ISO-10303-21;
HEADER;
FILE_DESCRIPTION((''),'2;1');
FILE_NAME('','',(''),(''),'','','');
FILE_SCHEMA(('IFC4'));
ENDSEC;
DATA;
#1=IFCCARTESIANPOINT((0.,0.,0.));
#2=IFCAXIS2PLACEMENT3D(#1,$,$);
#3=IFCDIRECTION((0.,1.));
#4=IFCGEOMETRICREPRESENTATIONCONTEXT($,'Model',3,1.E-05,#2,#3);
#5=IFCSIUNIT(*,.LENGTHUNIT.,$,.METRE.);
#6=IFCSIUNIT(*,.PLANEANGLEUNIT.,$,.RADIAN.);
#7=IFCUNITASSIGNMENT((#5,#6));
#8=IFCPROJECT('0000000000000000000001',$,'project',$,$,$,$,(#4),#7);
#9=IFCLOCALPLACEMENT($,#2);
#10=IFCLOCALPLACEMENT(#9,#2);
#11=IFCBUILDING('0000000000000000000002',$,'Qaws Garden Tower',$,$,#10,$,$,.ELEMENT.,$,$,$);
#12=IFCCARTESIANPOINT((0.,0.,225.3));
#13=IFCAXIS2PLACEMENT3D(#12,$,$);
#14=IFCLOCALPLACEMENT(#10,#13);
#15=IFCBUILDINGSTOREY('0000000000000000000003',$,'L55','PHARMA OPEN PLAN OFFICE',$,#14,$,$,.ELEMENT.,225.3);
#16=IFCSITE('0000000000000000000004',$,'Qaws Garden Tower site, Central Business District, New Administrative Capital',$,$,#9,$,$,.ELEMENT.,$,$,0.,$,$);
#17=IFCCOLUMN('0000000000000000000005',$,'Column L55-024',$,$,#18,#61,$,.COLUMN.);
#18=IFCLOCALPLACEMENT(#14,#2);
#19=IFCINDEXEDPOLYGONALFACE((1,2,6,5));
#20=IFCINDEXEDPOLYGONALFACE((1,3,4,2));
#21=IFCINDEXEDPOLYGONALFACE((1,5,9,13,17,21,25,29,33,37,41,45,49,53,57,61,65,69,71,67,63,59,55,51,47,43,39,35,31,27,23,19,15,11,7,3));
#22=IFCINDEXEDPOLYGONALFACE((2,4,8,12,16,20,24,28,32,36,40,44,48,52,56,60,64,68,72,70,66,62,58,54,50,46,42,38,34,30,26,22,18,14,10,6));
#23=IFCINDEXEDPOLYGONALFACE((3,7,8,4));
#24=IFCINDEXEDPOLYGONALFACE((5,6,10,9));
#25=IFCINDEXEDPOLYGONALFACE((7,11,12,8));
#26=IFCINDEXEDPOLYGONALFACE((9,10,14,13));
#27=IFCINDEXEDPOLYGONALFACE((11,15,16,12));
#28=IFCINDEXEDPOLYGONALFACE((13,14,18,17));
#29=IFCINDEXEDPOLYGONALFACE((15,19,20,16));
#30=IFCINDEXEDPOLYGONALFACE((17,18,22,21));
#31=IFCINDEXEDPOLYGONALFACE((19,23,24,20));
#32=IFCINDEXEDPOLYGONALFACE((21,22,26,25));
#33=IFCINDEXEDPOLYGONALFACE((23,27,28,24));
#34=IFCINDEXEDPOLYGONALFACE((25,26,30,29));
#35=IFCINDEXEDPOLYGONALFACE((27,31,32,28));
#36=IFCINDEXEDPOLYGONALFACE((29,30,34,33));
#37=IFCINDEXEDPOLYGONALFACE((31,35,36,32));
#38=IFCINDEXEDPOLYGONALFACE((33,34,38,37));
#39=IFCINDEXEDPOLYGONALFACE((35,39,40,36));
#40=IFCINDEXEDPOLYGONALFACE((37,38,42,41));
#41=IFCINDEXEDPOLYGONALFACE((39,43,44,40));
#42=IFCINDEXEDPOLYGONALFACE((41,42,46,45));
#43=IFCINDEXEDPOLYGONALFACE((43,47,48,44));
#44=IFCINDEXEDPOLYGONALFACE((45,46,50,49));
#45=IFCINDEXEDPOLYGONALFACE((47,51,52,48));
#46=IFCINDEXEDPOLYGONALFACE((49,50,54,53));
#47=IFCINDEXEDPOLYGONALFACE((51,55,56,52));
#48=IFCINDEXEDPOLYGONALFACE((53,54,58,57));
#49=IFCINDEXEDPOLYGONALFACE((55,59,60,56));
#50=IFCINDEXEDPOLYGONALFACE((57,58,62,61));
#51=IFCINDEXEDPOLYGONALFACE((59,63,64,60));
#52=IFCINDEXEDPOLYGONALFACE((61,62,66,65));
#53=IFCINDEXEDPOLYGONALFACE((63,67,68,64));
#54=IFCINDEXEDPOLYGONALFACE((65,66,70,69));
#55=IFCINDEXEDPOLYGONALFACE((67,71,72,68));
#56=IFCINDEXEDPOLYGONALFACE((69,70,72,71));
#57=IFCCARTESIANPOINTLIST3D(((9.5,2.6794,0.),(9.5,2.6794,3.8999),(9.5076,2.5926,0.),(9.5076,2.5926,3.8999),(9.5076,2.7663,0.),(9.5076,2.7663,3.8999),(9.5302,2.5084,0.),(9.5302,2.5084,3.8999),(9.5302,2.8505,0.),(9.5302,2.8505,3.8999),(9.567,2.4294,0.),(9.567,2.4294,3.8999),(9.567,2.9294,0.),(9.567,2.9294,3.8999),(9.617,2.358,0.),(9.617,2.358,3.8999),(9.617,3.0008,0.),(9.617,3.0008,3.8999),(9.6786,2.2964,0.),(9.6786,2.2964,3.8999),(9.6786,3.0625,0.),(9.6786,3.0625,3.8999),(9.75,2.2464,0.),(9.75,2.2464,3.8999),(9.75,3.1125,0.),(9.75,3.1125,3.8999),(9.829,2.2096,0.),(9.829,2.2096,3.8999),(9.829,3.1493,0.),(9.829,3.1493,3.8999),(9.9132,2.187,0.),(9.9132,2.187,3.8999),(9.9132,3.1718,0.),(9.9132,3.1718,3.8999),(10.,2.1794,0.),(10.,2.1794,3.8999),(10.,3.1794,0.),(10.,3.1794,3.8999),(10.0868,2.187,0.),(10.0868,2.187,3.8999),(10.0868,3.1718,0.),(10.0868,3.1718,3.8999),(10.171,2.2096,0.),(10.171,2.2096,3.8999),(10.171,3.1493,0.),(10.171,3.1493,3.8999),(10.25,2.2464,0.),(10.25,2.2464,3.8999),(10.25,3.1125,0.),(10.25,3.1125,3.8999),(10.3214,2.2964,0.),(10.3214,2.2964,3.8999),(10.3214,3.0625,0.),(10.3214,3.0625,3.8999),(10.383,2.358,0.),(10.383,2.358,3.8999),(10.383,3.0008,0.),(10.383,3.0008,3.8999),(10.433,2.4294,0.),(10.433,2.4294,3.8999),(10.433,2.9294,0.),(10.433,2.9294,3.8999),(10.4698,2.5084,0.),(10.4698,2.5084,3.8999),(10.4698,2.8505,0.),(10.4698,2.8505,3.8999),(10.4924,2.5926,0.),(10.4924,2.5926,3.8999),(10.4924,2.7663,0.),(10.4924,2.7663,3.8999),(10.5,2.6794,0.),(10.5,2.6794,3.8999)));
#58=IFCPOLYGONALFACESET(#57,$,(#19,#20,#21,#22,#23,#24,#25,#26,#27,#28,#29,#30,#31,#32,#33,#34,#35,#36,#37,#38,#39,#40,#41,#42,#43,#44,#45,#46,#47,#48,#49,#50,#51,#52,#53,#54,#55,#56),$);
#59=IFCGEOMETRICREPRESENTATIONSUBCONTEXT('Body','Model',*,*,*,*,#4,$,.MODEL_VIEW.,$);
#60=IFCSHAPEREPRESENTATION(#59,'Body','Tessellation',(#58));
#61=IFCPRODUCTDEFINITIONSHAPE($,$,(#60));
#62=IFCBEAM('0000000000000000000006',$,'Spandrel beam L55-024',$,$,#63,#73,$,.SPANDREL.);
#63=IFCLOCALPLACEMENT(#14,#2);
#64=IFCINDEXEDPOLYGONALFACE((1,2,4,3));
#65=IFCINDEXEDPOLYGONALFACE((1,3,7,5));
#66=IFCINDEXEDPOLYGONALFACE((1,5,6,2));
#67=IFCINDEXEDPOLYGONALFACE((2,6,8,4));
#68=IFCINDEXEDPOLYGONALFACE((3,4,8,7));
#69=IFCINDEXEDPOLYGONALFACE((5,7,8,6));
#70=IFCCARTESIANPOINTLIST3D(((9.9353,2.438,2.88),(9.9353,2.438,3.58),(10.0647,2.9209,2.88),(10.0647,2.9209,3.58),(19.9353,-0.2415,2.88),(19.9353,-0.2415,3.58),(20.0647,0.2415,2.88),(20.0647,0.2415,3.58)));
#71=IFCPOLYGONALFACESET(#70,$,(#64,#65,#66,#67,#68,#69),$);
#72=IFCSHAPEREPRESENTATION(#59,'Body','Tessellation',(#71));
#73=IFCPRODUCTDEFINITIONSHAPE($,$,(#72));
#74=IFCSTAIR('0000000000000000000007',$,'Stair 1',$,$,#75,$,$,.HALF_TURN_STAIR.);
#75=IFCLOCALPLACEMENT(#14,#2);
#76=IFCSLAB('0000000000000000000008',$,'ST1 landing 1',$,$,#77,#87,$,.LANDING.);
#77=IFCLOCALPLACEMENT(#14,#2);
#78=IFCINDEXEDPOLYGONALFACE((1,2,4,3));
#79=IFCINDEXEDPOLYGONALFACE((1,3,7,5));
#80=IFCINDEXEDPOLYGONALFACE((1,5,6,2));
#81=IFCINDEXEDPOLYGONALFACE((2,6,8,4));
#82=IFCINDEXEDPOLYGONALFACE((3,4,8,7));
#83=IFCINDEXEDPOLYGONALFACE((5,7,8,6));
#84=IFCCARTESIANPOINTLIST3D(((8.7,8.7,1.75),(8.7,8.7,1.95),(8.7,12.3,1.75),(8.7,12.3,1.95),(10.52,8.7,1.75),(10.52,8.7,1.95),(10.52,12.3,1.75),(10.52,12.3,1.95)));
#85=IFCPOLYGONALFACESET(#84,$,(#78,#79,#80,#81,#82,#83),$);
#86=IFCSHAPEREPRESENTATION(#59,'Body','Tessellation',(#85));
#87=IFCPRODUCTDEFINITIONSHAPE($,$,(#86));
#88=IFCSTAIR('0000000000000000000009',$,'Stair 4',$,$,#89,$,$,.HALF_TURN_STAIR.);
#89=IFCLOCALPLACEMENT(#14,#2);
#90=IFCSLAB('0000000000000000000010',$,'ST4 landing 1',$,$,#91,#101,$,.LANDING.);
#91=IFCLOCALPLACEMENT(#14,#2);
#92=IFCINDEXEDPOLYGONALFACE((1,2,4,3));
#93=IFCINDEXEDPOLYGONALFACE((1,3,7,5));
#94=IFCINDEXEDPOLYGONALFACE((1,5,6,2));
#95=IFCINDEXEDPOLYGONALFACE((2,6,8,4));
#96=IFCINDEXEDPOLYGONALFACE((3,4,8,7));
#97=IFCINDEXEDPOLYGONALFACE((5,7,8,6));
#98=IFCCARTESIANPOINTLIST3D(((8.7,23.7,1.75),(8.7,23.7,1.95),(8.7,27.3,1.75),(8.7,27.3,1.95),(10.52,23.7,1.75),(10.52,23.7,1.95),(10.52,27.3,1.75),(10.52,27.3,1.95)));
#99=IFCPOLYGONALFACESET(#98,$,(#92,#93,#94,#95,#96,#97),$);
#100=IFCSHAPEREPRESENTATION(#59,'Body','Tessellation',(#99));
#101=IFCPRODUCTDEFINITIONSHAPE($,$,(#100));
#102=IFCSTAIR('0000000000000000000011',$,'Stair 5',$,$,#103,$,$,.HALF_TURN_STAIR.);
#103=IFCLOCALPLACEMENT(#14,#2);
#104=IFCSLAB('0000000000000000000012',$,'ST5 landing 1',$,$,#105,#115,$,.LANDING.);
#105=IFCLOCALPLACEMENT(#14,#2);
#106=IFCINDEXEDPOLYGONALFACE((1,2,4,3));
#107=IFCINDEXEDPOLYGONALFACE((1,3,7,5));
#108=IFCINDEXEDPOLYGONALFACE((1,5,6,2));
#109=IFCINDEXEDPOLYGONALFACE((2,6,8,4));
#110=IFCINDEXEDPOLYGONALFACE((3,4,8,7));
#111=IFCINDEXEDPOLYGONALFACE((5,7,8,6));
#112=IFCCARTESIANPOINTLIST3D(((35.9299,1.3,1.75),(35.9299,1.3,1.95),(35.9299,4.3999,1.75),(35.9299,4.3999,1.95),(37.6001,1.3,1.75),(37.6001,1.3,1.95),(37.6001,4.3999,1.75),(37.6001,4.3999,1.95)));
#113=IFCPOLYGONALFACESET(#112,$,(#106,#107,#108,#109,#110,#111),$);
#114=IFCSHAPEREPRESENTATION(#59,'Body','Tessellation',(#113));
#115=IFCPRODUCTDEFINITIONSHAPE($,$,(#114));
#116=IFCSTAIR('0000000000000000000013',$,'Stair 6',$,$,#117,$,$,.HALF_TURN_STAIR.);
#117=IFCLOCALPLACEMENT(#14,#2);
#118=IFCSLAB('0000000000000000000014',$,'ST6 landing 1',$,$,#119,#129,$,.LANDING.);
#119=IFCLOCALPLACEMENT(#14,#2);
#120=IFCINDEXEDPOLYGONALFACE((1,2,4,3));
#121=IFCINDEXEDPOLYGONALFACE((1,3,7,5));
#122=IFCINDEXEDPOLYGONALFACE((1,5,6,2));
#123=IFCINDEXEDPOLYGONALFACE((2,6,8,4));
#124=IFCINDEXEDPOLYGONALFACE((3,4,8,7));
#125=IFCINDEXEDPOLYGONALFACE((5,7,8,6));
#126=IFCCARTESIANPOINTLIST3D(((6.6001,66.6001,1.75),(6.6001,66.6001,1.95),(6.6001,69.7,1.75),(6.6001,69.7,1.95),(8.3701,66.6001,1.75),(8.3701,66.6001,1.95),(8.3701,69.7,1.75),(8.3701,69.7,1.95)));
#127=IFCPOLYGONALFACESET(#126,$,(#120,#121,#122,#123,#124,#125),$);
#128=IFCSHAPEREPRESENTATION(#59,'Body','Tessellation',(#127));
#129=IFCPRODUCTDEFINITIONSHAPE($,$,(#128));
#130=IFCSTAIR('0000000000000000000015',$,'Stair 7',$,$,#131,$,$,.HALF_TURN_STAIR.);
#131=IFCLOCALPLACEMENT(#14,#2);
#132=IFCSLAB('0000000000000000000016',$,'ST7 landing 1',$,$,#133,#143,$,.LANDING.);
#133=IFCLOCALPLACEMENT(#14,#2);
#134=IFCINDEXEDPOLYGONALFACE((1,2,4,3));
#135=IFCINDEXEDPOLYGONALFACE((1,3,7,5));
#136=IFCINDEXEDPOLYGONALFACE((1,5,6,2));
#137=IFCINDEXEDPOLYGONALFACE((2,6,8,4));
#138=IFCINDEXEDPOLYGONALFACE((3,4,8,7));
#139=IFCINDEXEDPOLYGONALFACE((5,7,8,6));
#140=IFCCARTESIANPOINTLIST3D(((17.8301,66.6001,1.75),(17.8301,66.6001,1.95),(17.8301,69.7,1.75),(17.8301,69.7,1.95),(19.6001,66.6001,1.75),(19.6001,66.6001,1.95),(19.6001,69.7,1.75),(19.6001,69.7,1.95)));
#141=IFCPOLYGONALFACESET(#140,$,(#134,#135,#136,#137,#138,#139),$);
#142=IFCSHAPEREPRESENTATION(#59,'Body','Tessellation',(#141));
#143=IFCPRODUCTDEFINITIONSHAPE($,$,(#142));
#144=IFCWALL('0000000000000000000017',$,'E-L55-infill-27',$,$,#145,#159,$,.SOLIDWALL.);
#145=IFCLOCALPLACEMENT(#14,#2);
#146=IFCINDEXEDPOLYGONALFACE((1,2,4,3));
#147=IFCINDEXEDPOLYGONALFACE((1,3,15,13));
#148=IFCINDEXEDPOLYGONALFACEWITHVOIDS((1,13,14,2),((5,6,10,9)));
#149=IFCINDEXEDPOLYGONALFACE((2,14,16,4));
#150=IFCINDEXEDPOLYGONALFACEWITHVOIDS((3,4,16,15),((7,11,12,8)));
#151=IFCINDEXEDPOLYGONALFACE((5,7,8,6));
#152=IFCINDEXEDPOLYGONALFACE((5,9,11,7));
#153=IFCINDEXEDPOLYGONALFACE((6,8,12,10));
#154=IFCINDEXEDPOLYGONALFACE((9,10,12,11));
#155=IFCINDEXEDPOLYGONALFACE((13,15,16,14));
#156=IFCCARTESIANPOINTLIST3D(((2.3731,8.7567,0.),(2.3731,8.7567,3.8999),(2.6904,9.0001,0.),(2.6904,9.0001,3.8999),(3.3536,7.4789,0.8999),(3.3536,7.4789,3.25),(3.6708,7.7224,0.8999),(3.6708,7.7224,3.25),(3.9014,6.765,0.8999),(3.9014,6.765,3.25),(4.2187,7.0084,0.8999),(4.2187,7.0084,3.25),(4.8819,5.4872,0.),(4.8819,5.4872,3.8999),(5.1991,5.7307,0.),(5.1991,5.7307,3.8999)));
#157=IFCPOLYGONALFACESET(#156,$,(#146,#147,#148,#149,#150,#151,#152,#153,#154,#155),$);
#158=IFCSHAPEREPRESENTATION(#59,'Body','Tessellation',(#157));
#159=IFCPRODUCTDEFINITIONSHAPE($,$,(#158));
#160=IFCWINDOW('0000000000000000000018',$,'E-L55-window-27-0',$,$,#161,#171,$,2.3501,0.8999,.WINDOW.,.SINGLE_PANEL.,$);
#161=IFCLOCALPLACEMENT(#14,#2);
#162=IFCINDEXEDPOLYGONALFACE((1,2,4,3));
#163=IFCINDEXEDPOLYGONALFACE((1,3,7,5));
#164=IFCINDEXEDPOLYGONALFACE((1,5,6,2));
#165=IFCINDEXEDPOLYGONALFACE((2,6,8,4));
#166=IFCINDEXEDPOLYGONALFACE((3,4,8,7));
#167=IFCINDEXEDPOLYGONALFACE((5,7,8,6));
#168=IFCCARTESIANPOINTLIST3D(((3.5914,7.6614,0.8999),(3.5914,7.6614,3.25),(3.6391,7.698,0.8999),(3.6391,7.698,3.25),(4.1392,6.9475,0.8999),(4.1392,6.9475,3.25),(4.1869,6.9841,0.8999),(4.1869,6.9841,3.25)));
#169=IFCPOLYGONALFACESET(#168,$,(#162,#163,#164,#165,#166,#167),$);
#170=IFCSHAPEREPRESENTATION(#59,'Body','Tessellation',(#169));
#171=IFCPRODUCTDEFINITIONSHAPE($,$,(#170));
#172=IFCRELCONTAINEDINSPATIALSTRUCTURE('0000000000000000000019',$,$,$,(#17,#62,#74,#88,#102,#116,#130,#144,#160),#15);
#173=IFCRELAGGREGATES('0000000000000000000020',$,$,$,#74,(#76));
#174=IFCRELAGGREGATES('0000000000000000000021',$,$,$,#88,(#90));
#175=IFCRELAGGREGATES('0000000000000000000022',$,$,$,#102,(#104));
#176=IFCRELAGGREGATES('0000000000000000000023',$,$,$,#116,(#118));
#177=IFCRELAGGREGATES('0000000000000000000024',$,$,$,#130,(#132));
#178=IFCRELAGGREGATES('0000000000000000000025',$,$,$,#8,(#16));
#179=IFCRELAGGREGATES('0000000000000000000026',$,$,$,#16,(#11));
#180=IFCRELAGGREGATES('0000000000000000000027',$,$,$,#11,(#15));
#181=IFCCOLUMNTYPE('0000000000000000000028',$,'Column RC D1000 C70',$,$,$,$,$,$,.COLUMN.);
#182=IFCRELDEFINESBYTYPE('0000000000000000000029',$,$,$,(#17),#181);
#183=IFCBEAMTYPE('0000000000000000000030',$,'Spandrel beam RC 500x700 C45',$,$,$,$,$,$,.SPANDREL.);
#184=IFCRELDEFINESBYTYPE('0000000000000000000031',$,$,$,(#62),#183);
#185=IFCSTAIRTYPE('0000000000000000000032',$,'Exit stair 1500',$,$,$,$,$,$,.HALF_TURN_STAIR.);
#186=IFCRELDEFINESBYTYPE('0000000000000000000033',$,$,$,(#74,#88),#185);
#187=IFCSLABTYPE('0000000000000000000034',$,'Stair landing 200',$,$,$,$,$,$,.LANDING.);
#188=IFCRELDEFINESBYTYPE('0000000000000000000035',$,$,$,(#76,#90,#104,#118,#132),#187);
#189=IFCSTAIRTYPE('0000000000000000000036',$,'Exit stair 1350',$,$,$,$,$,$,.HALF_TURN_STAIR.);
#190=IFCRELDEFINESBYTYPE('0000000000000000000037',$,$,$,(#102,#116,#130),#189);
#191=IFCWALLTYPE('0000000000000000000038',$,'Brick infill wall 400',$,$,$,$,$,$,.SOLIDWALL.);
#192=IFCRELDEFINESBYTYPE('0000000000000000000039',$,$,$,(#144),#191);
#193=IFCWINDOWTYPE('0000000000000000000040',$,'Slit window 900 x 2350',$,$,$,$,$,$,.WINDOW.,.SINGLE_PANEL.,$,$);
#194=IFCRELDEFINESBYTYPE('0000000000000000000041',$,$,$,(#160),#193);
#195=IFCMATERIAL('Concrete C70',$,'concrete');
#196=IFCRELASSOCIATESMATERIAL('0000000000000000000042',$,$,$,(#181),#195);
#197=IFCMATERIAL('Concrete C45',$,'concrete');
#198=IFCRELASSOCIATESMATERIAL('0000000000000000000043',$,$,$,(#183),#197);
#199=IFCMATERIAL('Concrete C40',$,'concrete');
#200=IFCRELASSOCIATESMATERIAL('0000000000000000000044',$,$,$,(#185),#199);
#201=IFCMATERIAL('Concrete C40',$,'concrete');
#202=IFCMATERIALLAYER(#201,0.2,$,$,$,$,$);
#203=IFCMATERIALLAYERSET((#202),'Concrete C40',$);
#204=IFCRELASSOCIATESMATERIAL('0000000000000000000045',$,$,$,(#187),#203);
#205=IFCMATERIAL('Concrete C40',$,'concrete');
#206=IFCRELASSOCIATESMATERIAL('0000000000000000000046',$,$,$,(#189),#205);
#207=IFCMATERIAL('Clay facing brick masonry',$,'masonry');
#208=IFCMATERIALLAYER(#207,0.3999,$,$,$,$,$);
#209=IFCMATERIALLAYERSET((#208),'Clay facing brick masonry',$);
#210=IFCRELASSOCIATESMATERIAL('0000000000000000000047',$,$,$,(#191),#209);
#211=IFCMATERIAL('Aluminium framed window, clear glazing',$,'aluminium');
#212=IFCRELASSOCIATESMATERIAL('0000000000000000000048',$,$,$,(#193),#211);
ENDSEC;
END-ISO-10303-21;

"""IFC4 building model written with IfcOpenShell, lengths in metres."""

from ifc_helpers import new_model, si_unit, direction, frame, frame_2d, origin, origin_2d, place, context, subcontext, project, spatial, polyline, rectangle, circle, outline, extrude, material, layer, layer_set, material_profile, profile_set, type_object, element, fill, aggregate, save


model = new_model("IFC4")

# Units and contexts
model_context = context("Model", 3, precision=1e-05, world=origin(), true_north=direction((0.0, 1.0)))
body_context = subcontext(model_context, "Body", "Model", "MODEL_VIEW")
ifc_project = project(units=[si_unit("LENGTHUNIT", "METRE"), si_unit("PLANEANGLEUNIT", "RADIAN")], contexts=[model_context])

# Site, building, storey
site_placement = place(None, origin())
site = spatial("IfcSite", under=ifc_project, at=site_placement, Name="Qaws Garden Tower site, Central Business District, New Administrative Capital", CompositionType="ELEMENT", RefElevation=0.0)
building_placement = place(site_placement, origin())
building = spatial("IfcBuilding", under=site, at=building_placement, Name="Qaws Garden Tower", CompositionType="ELEMENT")
storey_placement = place(building_placement, frame((0.0, 0.0, 225.3)))
storey = spatial("IfcBuildingStorey", under=building, at=storey_placement, Name="L55", Description="PHARMA OPEN PLAN OFFICE", CompositionType="ELEMENT", Elevation=225.3)

# Column
ifc_material_1 = material(Name="Concrete C70", Category="concrete")
ifc_material_profile_1 = material_profile(ifc_material_1, circle(Radius=0.5, at=origin_2d()), Name="RC D1000")
ifc_profile_set_1 = profile_set([ifc_material_profile_1], Name="Concrete C70")
column_type = type_object("IfcColumnType", Name="Column RC D1000 C70", PredefinedType="COLUMN", material=ifc_profile_set_1)
column_placement = place(storey_placement, frame((10.0, 2.6794, 0.0), z_axis=(0.0, 0.0, 1.0), x_axis=(1.0, 0.0, 0.0)))
element("IfcColumn", 1, at=column_placement, inside=storey, type_object=column_type, Name="Column L55-024", PredefinedType="COLUMN", context=body_context, shape_type="SweptSolid", body=[
    extrude(circle(Radius=0.5, at=origin_2d()), origin(), (0.0, 0.0, 1.0), 3.8999),
])

# Beam
ifc_material_2 = material(Name="Concrete C45", Category="concrete")
ifc_material_profile_2 = material_profile(ifc_material_2, rectangle(XDim=0.5, YDim=0.7, at=origin_2d()), Name="RC 500x700")
ifc_profile_set_2 = profile_set([ifc_material_profile_2], Name="Concrete C45")
beam_type = type_object("IfcBeamType", Name="Spandrel beam RC 500x700 C45", PredefinedType="SPANDREL", material=ifc_profile_set_2)
beam_placement = place(storey_placement, frame((10.0, 2.6794, 3.23), z_axis=(0.965927, -0.258815, 0.0), x_axis=(0.258815, 0.965927, 0.0)))
element("IfcBeam", 2, at=beam_placement, inside=storey, type_object=beam_type, Name="Spandrel beam L55-024", PredefinedType="SPANDREL", context=body_context, shape_type="SweptSolid", body=[
    extrude(rectangle(XDim=0.5, YDim=0.7, at=origin_2d()), origin(), (0.0, 0.0, 1.0), 10.3528),
])

# Stairs, slabs
ifc_material_3 = material(Name="Concrete C40", Category="concrete")
stair_type_1 = type_object("IfcStairType", Name="Exit stair 1500", PredefinedType="HALF_TURN_STAIR", material=ifc_material_3)
placement_1 = place(storey_placement, origin())
stair_1 = element("IfcStair", 3, at=placement_1, inside=storey, type_object=stair_type_1, Name="Stair 1", PredefinedType="HALF_TURN_STAIR")
ifc_material_4 = material(Name="Concrete C40", Category="concrete")
ifc_layer_1 = layer(ifc_material_4, 0.2)
ifc_layer_set_1 = layer_set([ifc_layer_1], Name="Concrete C40")
slab_type = type_object("IfcSlabType", Name="Stair landing 200", PredefinedType="LANDING", material=ifc_layer_set_1)
placement_2 = place(storey_placement, frame((0.0, 0.0, 1.75)))
slab_1 = element("IfcSlab", 4, at=placement_2, type_object=slab_type, Name="ST1 landing 1", PredefinedType="LANDING", context=body_context, shape_type="SweptSolid", body=[
    extrude(outline(polyline([(8.7, 8.7), (10.52, 8.7), (10.52, 12.3), (8.7, 12.3), (8.7, 8.7)])), origin(), (0.0, 0.0, 1.0), 0.2),
])
aggregate(stair_1, [slab_1])
stair_2 = element("IfcStair", 5, at=placement_1, inside=storey, type_object=stair_type_1, Name="Stair 4", PredefinedType="HALF_TURN_STAIR")
slab_2 = element("IfcSlab", 6, at=placement_2, type_object=slab_type, Name="ST4 landing 1", PredefinedType="LANDING", context=body_context, shape_type="SweptSolid", body=[
    extrude(outline(polyline([(8.7, 23.7), (10.52, 23.7), (10.52, 27.3), (8.7, 27.3), (8.7, 23.7)])), origin(), (0.0, 0.0, 1.0), 0.2),
])
aggregate(stair_2, [slab_2])
ifc_material_5 = material(Name="Concrete C40", Category="concrete")
stair_type_2 = type_object("IfcStairType", Name="Exit stair 1350", PredefinedType="HALF_TURN_STAIR", material=ifc_material_5)
stair_3 = element("IfcStair", 7, at=placement_1, inside=storey, type_object=stair_type_2, Name="Stair 5", PredefinedType="HALF_TURN_STAIR")
slab_3 = element("IfcSlab", 8, at=placement_2, type_object=slab_type, Name="ST5 landing 1", PredefinedType="LANDING", context=body_context, shape_type="SweptSolid", body=[
    extrude(outline(polyline([(35.9299, 1.3), (37.6001, 1.3), (37.6001, 4.3999), (35.9299, 4.3999), (35.9299, 1.3)])), origin(), (0.0, 0.0, 1.0), 0.2),
])
aggregate(stair_3, [slab_3])
stair_4 = element("IfcStair", 9, at=placement_1, inside=storey, type_object=stair_type_2, Name="Stair 6", PredefinedType="HALF_TURN_STAIR")
slab_4 = element("IfcSlab", 10, at=placement_2, type_object=slab_type, Name="ST6 landing 1", PredefinedType="LANDING", context=body_context, shape_type="SweptSolid", body=[
    extrude(outline(polyline([(6.6001, 66.6001), (8.3701, 66.6001), (8.3701, 69.7), (6.6001, 69.7), (6.6001, 66.6001)])), origin(), (0.0, 0.0, 1.0), 0.2),
])
aggregate(stair_4, [slab_4])
stair_5 = element("IfcStair", 11, at=placement_1, inside=storey, type_object=stair_type_2, Name="Stair 7", PredefinedType="HALF_TURN_STAIR")
slab_5 = element("IfcSlab", 12, at=placement_2, type_object=slab_type, Name="ST7 landing 1", PredefinedType="LANDING", context=body_context, shape_type="SweptSolid", body=[
    extrude(outline(polyline([(17.8301, 66.6001), (19.6001, 66.6001), (19.6001, 69.7), (17.8301, 69.7), (17.8301, 66.6001)])), origin(), (0.0, 0.0, 1.0), 0.2),
])
aggregate(stair_5, [slab_5])

# Wall, opening, window
ifc_material_6 = material(Name="Clay facing brick masonry", Category="masonry")
ifc_layer_2 = layer(ifc_material_6, 0.3999)
ifc_layer_set_2 = layer_set([ifc_layer_2], Name="Clay facing brick masonry")
wall_type_1 = type_object("IfcWallType", Name="Brick infill wall 400", PredefinedType="SOLIDWALL", material=ifc_layer_set_2)
wall_1_placement = place(storey_placement, frame((2.5317, 8.8784, 0.0), z_axis=(0.0, 0.0, 1.0), x_axis=(0.60876, -0.793355, 0.0)))
wall_1 = element("IfcWall", 13, at=wall_1_placement, inside=storey, type_object=wall_type_1, Name="E-L55-infill-27", PredefinedType="SOLIDWALL", context=body_context, shape_type="SweptSolid", body=[
    extrude(rectangle(XDim=4.1211, YDim=0.3999, at=frame_2d((2.0605, 0.0))), origin(), (0.0, 0.0, 1.0), 3.8999),
])
opening_1_placement = place(wall_1_placement, frame((1.6106, 0.0, 0.8999)))
opening_1 = element("IfcOpeningElement", 14, at=opening_1_placement, cuts=wall_1, PredefinedType="OPENING", context=body_context, shape_type="SweptSolid", body=[
    extrude(rectangle(XDim=0.8999, YDim=2.3501, at=frame_2d((0.45, 1.175))), frame((0.0, 0.21, 0.0), z_axis=(0.0, -1.0, 0.0), x_axis=(1.0, 0.0, 0.0)), (0.0, 0.0, 1.0), 0.4199),
])
ifc_material_7 = material(Name="Aluminium framed window, clear glazing", Category="aluminium")
window_type = type_object("IfcWindowType", Name="Slit window 900 x 2350", PartitioningType="SINGLE_PANEL", PredefinedType="WINDOW", material=ifc_material_7)
window_1_placement = place(opening_1_placement, origin())
window_1 = element("IfcWindow", 15, at=window_1_placement, inside=storey, type_object=window_type, Name="E-L55-window-27-0", OverallHeight=2.3501, OverallWidth=0.8999, PartitioningType="SINGLE_PANEL", PredefinedType="WINDOW", context=body_context, shape_type="SweptSolid", body=[
    extrude(rectangle(XDim=0.8999, YDim=2.3501, at=frame_2d((0.45, 1.175))), frame((0.0, 0.1599, 0.0), z_axis=(0.0, -1.0, 0.0), x_axis=(1.0, 0.0, 0.0)), (0.0, 0.0, 1.0), 0.0601),
])
fill(opening_1, window_1)

save(model, "model.ifc")
